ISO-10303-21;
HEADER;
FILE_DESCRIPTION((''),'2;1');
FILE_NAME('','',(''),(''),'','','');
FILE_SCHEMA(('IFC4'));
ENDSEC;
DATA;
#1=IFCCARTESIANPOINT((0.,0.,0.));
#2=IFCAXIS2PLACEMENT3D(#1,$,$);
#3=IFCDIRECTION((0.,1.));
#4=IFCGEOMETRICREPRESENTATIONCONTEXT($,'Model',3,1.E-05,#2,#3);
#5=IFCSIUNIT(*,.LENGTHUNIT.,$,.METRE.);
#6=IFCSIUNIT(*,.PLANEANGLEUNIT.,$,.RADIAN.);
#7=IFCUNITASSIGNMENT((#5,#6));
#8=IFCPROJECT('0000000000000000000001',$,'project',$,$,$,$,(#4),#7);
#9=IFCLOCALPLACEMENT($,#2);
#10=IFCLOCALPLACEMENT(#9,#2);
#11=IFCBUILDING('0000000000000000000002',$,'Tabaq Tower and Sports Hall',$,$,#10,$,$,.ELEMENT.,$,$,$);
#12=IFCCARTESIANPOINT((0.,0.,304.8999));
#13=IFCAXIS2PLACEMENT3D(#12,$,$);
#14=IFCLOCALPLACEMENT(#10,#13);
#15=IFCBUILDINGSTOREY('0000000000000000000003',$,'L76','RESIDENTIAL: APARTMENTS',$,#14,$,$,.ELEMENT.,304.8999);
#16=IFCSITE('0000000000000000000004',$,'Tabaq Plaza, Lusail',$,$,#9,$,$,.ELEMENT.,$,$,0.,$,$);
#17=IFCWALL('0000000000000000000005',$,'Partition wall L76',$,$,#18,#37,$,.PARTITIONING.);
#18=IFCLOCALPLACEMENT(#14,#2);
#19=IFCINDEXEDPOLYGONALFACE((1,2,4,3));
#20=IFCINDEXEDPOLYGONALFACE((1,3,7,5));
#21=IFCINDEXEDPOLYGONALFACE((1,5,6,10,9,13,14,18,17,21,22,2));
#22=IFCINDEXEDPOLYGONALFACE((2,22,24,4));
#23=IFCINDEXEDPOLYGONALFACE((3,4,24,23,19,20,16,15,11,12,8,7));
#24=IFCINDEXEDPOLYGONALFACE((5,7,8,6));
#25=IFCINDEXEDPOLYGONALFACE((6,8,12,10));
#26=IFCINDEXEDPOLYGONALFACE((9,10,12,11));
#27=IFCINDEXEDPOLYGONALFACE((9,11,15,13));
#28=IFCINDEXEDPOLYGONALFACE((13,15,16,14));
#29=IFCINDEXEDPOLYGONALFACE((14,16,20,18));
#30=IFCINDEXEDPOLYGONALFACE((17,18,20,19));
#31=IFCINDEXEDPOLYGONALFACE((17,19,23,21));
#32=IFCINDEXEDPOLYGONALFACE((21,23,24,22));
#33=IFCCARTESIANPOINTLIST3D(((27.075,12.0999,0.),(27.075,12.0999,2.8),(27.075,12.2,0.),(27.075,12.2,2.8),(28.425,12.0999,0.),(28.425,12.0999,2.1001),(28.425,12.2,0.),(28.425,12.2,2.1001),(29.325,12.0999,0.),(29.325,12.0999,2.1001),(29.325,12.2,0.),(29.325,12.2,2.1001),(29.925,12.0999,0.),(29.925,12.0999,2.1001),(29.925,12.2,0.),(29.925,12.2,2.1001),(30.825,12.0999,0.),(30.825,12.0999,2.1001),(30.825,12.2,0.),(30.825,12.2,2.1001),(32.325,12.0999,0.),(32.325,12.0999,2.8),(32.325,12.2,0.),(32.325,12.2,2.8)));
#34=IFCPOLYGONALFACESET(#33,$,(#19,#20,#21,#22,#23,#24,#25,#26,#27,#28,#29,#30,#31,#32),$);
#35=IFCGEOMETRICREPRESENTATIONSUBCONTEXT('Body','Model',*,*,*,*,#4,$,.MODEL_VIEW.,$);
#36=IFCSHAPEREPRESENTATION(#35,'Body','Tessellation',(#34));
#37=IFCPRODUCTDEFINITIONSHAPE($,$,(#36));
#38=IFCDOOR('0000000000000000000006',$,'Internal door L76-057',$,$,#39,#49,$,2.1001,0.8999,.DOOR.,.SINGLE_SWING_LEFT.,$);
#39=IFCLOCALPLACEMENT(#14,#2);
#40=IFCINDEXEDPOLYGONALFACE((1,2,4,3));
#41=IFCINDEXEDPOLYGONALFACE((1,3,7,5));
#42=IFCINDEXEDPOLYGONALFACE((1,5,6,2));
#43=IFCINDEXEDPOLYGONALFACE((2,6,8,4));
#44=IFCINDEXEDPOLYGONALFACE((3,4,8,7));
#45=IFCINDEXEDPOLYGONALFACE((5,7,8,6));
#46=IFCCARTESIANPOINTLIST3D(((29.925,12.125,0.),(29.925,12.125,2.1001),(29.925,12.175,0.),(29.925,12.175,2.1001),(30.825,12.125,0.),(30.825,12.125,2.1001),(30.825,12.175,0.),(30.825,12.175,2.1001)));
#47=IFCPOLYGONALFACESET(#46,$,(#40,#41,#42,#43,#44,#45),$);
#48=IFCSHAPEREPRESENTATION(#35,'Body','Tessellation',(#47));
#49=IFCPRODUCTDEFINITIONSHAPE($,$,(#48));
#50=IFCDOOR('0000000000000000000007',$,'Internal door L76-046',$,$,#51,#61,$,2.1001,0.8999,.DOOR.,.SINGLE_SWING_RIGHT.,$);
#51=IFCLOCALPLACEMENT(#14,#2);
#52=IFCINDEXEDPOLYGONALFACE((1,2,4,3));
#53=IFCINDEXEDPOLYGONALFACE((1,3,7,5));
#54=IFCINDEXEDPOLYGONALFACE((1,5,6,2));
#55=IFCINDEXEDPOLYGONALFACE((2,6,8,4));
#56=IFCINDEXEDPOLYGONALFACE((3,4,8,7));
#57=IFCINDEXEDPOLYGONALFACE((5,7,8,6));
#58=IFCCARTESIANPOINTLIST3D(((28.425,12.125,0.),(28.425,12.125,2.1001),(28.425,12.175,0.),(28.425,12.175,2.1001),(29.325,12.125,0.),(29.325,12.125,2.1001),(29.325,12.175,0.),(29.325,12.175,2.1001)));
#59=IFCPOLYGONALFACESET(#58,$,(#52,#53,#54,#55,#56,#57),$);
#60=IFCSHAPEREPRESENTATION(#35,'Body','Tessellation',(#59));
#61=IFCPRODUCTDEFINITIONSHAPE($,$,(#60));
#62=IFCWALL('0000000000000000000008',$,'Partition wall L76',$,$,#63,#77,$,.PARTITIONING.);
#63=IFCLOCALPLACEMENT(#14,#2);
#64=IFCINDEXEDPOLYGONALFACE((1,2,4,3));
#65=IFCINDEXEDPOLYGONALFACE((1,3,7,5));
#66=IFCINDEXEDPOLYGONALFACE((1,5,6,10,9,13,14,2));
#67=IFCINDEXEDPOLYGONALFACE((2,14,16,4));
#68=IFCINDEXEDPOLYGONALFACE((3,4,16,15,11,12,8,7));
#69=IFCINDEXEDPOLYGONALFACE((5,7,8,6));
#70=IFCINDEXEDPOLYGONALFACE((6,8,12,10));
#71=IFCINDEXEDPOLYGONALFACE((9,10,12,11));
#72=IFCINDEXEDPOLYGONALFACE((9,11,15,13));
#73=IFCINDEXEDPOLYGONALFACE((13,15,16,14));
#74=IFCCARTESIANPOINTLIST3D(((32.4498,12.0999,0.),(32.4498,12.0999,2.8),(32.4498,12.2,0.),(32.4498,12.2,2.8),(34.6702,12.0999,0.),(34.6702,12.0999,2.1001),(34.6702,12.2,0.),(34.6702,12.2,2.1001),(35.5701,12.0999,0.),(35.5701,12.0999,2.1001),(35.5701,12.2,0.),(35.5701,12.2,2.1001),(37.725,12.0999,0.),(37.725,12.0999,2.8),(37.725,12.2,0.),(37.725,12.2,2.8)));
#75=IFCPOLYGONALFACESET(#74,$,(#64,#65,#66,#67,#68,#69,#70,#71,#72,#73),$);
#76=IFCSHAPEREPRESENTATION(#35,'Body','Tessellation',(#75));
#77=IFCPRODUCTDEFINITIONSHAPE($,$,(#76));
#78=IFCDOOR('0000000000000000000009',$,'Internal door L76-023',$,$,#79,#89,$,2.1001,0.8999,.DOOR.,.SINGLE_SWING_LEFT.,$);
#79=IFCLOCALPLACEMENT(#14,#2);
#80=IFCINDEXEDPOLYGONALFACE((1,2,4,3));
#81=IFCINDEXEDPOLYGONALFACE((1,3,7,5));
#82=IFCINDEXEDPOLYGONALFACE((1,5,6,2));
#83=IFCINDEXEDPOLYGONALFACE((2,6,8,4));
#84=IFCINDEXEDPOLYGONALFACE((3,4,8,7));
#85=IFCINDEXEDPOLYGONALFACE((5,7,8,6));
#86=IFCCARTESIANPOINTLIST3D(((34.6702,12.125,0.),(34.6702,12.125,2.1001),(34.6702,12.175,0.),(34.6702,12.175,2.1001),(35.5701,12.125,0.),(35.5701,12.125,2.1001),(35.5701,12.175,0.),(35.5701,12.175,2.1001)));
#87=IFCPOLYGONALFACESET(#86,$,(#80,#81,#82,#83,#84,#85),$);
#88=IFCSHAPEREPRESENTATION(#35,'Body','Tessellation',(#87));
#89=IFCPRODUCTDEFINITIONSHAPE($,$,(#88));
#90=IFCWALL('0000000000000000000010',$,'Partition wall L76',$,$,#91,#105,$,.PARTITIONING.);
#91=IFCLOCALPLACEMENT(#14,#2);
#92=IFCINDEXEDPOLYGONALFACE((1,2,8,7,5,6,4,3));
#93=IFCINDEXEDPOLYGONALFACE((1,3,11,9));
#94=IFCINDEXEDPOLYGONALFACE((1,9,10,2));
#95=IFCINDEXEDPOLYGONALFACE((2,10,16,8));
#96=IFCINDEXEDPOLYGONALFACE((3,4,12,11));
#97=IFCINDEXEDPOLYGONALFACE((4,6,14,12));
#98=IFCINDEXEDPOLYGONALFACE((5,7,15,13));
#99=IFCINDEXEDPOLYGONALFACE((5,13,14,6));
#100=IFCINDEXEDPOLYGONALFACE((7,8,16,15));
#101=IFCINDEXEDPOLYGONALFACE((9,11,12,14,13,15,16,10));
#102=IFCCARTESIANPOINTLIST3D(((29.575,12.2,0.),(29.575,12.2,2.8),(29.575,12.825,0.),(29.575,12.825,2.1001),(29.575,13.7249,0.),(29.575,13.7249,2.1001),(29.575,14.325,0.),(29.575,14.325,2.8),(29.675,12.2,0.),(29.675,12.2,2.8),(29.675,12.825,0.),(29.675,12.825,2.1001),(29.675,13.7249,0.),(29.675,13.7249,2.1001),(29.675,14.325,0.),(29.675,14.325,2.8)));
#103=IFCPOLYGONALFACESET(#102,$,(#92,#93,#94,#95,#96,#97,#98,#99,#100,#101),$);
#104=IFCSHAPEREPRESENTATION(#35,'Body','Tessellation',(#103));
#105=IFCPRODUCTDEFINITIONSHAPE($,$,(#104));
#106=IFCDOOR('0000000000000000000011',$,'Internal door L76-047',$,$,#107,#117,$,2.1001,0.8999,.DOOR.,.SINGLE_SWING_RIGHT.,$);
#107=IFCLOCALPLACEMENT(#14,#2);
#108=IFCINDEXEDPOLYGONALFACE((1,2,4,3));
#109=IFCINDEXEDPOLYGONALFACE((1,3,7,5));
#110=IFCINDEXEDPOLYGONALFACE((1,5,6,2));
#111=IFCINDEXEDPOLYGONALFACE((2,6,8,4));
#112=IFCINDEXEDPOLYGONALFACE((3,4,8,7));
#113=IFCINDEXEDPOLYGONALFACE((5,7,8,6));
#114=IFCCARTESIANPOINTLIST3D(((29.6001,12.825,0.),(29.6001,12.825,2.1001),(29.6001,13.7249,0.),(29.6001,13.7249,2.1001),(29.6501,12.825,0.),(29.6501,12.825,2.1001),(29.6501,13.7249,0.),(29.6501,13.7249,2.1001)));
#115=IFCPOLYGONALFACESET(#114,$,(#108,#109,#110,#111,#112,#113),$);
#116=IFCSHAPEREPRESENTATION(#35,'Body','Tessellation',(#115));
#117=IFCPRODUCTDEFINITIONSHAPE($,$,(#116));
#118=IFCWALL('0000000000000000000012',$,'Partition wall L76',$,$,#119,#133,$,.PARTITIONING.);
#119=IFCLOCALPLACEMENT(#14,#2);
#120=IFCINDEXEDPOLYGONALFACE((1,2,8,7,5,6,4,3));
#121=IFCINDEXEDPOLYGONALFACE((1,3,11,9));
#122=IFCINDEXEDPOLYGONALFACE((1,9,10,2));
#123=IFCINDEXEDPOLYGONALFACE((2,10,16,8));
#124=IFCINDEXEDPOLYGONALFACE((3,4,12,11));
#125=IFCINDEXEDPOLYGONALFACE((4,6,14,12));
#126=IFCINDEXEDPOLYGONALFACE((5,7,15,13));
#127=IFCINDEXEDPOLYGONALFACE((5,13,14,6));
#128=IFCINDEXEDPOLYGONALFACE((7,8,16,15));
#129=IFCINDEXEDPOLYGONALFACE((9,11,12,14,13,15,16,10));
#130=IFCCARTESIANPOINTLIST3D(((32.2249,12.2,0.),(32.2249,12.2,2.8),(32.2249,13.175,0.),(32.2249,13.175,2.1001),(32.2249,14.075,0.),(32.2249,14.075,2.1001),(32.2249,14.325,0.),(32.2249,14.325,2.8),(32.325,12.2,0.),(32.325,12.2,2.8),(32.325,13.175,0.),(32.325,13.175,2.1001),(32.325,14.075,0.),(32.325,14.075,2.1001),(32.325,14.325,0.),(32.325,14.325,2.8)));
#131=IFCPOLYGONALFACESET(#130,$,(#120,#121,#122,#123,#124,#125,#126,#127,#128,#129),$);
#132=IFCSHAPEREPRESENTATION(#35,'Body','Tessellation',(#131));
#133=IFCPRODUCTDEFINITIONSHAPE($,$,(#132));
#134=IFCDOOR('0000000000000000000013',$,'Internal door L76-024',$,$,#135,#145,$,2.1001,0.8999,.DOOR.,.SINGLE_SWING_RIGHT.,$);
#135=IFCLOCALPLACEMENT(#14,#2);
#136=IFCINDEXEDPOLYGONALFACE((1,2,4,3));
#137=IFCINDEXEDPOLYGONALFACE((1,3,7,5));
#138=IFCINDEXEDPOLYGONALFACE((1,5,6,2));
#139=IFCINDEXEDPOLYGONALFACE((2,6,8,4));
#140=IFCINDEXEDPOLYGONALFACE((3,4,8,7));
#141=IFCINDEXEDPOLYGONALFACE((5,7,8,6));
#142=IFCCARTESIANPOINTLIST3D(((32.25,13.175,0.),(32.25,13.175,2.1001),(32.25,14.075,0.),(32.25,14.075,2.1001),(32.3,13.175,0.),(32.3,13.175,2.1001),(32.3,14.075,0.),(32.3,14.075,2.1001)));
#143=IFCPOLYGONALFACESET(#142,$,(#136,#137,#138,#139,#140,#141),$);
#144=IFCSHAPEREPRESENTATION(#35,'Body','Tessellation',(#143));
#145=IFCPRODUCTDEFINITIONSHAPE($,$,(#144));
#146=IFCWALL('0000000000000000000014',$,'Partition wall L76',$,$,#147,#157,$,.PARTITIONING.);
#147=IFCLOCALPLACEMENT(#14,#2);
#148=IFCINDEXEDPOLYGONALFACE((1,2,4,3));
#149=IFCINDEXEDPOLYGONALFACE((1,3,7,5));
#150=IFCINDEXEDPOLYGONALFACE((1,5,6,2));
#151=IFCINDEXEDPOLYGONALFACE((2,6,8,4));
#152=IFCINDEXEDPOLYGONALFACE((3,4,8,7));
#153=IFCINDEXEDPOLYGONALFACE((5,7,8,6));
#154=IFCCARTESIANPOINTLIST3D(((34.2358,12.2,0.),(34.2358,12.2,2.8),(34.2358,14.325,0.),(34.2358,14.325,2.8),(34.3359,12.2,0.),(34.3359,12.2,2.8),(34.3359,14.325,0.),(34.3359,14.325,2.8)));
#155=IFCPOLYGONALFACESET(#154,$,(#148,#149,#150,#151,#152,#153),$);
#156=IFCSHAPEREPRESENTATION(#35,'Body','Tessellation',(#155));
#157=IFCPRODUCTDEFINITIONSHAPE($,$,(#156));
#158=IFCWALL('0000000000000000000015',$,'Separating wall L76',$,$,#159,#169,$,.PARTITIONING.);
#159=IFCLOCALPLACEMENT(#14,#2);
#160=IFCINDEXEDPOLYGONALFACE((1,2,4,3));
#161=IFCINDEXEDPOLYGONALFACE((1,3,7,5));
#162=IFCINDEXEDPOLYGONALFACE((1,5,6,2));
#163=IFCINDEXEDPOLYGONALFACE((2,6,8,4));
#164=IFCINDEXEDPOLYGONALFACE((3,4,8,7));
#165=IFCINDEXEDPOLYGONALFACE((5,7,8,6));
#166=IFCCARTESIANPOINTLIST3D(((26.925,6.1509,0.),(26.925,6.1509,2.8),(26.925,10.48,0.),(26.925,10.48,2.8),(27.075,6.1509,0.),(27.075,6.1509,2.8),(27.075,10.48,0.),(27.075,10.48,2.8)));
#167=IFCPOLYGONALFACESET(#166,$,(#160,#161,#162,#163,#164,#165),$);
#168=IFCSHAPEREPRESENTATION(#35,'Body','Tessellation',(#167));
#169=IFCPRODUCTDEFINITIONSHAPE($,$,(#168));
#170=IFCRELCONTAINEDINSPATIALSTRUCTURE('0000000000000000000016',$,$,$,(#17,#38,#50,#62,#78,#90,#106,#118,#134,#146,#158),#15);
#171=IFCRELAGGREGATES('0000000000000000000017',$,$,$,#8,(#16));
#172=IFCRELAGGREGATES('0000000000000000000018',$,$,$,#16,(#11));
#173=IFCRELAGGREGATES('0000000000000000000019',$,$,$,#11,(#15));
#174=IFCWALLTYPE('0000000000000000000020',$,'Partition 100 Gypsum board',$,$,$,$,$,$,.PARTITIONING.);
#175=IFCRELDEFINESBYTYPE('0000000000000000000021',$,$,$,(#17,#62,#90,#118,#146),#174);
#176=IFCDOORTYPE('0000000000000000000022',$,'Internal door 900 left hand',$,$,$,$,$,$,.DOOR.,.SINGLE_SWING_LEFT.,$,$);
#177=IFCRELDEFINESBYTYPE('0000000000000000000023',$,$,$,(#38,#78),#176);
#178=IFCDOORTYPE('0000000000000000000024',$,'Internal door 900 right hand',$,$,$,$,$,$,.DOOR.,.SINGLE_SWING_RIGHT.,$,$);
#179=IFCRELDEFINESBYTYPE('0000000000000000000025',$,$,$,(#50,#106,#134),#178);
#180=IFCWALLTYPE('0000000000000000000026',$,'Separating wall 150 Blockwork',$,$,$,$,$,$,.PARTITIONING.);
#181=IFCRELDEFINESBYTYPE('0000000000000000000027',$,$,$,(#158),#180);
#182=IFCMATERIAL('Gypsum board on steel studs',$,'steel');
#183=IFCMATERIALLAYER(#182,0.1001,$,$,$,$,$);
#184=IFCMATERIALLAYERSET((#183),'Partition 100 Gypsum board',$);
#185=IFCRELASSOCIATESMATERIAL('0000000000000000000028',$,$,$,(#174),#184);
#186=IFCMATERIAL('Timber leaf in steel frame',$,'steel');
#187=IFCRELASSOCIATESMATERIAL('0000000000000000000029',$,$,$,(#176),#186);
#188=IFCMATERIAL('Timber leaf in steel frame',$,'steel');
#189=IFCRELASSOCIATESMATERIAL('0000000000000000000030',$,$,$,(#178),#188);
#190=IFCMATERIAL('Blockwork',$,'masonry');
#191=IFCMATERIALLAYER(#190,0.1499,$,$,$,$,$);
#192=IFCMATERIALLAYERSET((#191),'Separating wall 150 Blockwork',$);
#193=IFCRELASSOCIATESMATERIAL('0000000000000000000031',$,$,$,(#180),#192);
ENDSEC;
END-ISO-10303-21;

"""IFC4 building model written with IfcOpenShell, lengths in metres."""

from ifc_helpers import new_model, si_unit, direction, frame, frame_2d, origin, place, context, subcontext, project, spatial, rectangle, extrude, material, layer, layer_set, type_object, element, fill, save


model = new_model("IFC4")

# Units and contexts
model_context = context("Model", 3, precision=1e-05, world=origin(), true_north=direction((0.0, 1.0)))
body_context = subcontext(model_context, "Body", "Model", "MODEL_VIEW")
ifc_project = project(units=[si_unit("LENGTHUNIT", "METRE"), si_unit("PLANEANGLEUNIT", "RADIAN")], contexts=[model_context])

# Site, building, storey
site_placement = place(None, origin())
site = spatial("IfcSite", under=ifc_project, at=site_placement, Name="Tabaq Plaza, Lusail", CompositionType="ELEMENT", RefElevation=0.0)
building_placement = place(site_placement, origin())
building = spatial("IfcBuilding", under=site, at=building_placement, Name="Tabaq Tower and Sports Hall", CompositionType="ELEMENT")
storey_placement = place(building_placement, frame((0.0, 0.0, 304.8999)))
storey = spatial("IfcBuildingStorey", under=building, at=storey_placement, Name="L76", Description="RESIDENTIAL: APARTMENTS", CompositionType="ELEMENT", Elevation=304.8999)

# Shared definitions
ifc_material_1 = material(Name="Gypsum board on steel studs", Category="steel")
ifc_layer_1 = layer(ifc_material_1, 0.1001)
ifc_layer_set_1 = layer_set([ifc_layer_1], Name="Partition 100 Gypsum board")
wall_type_1 = type_object("IfcWallType", Name="Partition 100 Gypsum board", PredefinedType="PARTITIONING", material=ifc_layer_set_1)
ifc_material_2 = material(Name="Timber leaf in steel frame", Category="steel")
door_type_1 = type_object("IfcDoorType", Name="Internal door 900 left hand", OperationType="SINGLE_SWING_LEFT", PredefinedType="DOOR", material=ifc_material_2)

# Wall, openings, doors
wall_1_placement = place(storey_placement, frame((32.325, 12.1499, 0.0), z_axis=(0.0, 0.0, 1.0), x_axis=(-1.0, 0.0, 0.0)))
wall_1 = element("IfcWall", 1, at=wall_1_placement, inside=storey, type_object=wall_type_1, Name="Partition wall L76", PredefinedType="PARTITIONING", context=body_context, shape_type="SweptSolid", body=[
    extrude(rectangle(XDim=5.25, YDim=0.1001, at=frame_2d((2.625, 0.0))), origin(), (0.0, 0.0, 1.0), 2.8),
])
opening_1_placement = place(wall_1_placement, frame((3.0, 0.0, 0.0)))
opening_1 = element("IfcOpeningElement", 2, at=opening_1_placement, cuts=wall_1, PredefinedType="OPENING", context=body_context, shape_type="SweptSolid", body=[
    extrude(rectangle(XDim=0.8999, YDim=2.1001, at=frame_2d((0.45, 1.05))), frame((0.0, 0.05, 0.0), z_axis=(0.0, -1.0, 0.0), x_axis=(1.0, 0.0, 0.0)), (0.0, 0.0, 1.0), 0.1001),
])
opening_2_placement = place(wall_1_placement, frame((1.5, 0.0, 0.0)))
opening_2 = element("IfcOpeningElement", 3, at=opening_2_placement, cuts=wall_1, PredefinedType="OPENING", context=body_context, shape_type="SweptSolid", body=[
    extrude(rectangle(XDim=0.8999, YDim=2.1001, at=frame_2d((0.45, 1.05))), frame((0.0, 0.05, 0.0), z_axis=(0.0, -1.0, 0.0), x_axis=(1.0, 0.0, 0.0)), (0.0, 0.0, 1.0), 0.1001),
])
door_1_placement = place(opening_2_placement, origin())
door_1 = element("IfcDoor", 4, at=door_1_placement, inside=storey, type_object=door_type_1, Name="Internal door L76-057", OperationType="SINGLE_SWING_LEFT", OverallHeight=2.1001, OverallWidth=0.8999, PredefinedType="DOOR", context=body_context, shape_type="SweptSolid", body=[
    extrude(rectangle(XDim=0.8999, YDim=2.1001, at=frame_2d((0.45, 1.05))), frame((0.0, 0.0249, 0.0), z_axis=(0.0, -1.0, 0.0), x_axis=(1.0, 0.0, 0.0)), (0.0, 0.0, 1.0), 0.05),
])
fill(opening_2, door_1)
ifc_material_3 = material(Name="Timber leaf in steel frame", Category="steel")
door_type_2 = type_object("IfcDoorType", Name="Internal door 900 right hand", OperationType="SINGLE_SWING_RIGHT", PredefinedType="DOOR", material=ifc_material_3)
door_2_placement = place(opening_1_placement, origin())
door_2 = element("IfcDoor", 5, at=door_2_placement, inside=storey, type_object=door_type_2, Name="Internal door L76-046", OperationType="SINGLE_SWING_RIGHT", OverallHeight=2.1001, OverallWidth=0.8999, PredefinedType="DOOR", context=body_context, shape_type="SweptSolid", body=[
    extrude(rectangle(XDim=0.8999, YDim=2.1001, at=frame_2d((0.45, 1.05))), frame((0.0, 0.0249, 0.0), z_axis=(0.0, -1.0, 0.0), x_axis=(1.0, 0.0, 0.0)), (0.0, 0.0, 1.0), 0.05),
])
fill(opening_1, door_2)

# Walls, openings, doors
wall_2_placement = place(storey_placement, frame((37.7251, 12.1499, 0.0), z_axis=(0.0, 0.0, 1.0), x_axis=(-1.0, 0.0, 0.0)))
wall_2 = element("IfcWall", 6, at=wall_2_placement, inside=storey, type_object=wall_type_1, Name="Partition wall L76", PredefinedType="PARTITIONING", context=body_context, shape_type="SweptSolid", body=[
    extrude(rectangle(XDim=5.2751, YDim=0.1001, at=frame_2d((2.6377, 0.0))), origin(), (0.0, 0.0, 1.0), 2.8),
])
opening_3_placement = place(wall_2_placement, frame((2.155, 0.0, 0.0)))
opening_3 = element("IfcOpeningElement", 7, at=opening_3_placement, cuts=wall_2, PredefinedType="OPENING", context=body_context, shape_type="SweptSolid", body=[
    extrude(rectangle(XDim=0.8999, YDim=2.1001, at=frame_2d((0.45, 1.05))), frame((0.0, 0.05, 0.0), z_axis=(0.0, -1.0, 0.0), x_axis=(1.0, 0.0, 0.0)), (0.0, 0.0, 1.0), 0.1001),
])
door_3_placement = place(opening_3_placement, origin())
door_3 = element("IfcDoor", 8, at=door_3_placement, inside=storey, type_object=door_type_1, Name="Internal door L76-023", OperationType="SINGLE_SWING_LEFT", OverallHeight=2.1001, OverallWidth=0.8999, PredefinedType="DOOR", context=body_context, shape_type="SweptSolid", body=[
    extrude(rectangle(XDim=0.8999, YDim=2.1001, at=frame_2d((0.45, 1.05))), frame((0.0, 0.0249, 0.0), z_axis=(0.0, -1.0, 0.0), x_axis=(1.0, 0.0, 0.0)), (0.0, 0.0, 1.0), 0.05),
])
fill(opening_3, door_3)
wall_3_placement = place(storey_placement, frame((29.625, 12.2, 0.0), z_axis=(0.0, 0.0, 1.0), x_axis=(0.0, 1.0, 0.0)))
wall_3 = element("IfcWall", 9, at=wall_3_placement, inside=storey, type_object=wall_type_1, Name="Partition wall L76", PredefinedType="PARTITIONING", context=body_context, shape_type="SweptSolid", body=[
    extrude(rectangle(XDim=2.125, YDim=0.1001, at=frame_2d((1.0625, 0.0))), origin(), (0.0, 0.0, 1.0), 2.8),
])
opening_4_placement = place(wall_3_placement, frame((0.625, 0.0, 0.0)))
opening_4 = element("IfcOpeningElement", 10, at=opening_4_placement, cuts=wall_3, PredefinedType="OPENING", context=body_context, shape_type="SweptSolid", body=[
    extrude(rectangle(XDim=0.8999, YDim=2.1001, at=frame_2d((0.45, 1.05))), frame((0.0, 0.05, 0.0), z_axis=(0.0, -1.0, 0.0), x_axis=(1.0, 0.0, 0.0)), (0.0, 0.0, 1.0), 0.1001),
])
door_4_placement = place(opening_4_placement, origin())
door_4 = element("IfcDoor", 11, at=door_4_placement, inside=storey, type_object=door_type_2, Name="Internal door L76-047", OperationType="SINGLE_SWING_RIGHT", OverallHeight=2.1001, OverallWidth=0.8999, PredefinedType="DOOR", context=body_context, shape_type="SweptSolid", body=[
    extrude(rectangle(XDim=0.8999, YDim=2.1001, at=frame_2d((0.45, 1.05))), frame((0.0, 0.0249, 0.0), z_axis=(0.0, -1.0, 0.0), x_axis=(1.0, 0.0, 0.0)), (0.0, 0.0, 1.0), 0.05),
])
fill(opening_4, door_4)
wall_4_placement = place(storey_placement, frame((32.2749, 12.2, 0.0), z_axis=(0.0, 0.0, 1.0), x_axis=(0.0, 1.0, 0.0)))
wall_4 = element("IfcWall", 12, at=wall_4_placement, inside=storey, type_object=wall_type_1, Name="Partition wall L76", PredefinedType="PARTITIONING", context=body_context, shape_type="SweptSolid", body=[
    extrude(rectangle(XDim=2.125, YDim=0.1001, at=frame_2d((1.0625, 0.0))), origin(), (0.0, 0.0, 1.0), 2.8),
])
opening_5_placement = place(wall_4_placement, frame((0.9751, 0.0, 0.0)))
opening_5 = element("IfcOpeningElement", 13, at=opening_5_placement, cuts=wall_4, PredefinedType="OPENING", context=body_context, shape_type="SweptSolid", body=[
    extrude(rectangle(XDim=0.8999, YDim=2.1001, at=frame_2d((0.45, 1.05))), frame((0.0, 0.05, 0.0), z_axis=(0.0, -1.0, 0.0), x_axis=(1.0, 0.0, 0.0)), (0.0, 0.0, 1.0), 0.1001),
])
door_5_placement = place(opening_5_placement, origin())
door_5 = element("IfcDoor", 14, at=door_5_placement, inside=storey, type_object=door_type_2, Name="Internal door L76-024", OperationType="SINGLE_SWING_RIGHT", OverallHeight=2.1001, OverallWidth=0.8999, PredefinedType="DOOR", context=body_context, shape_type="SweptSolid", body=[
    extrude(rectangle(XDim=0.8999, YDim=2.1001, at=frame_2d((0.45, 1.05))), frame((0.0, 0.0249, 0.0), z_axis=(0.0, -1.0, 0.0), x_axis=(1.0, 0.0, 0.0)), (0.0, 0.0, 1.0), 0.05),
])
fill(opening_5, door_5)

# Walls
wall_5_placement = place(storey_placement, frame((34.2859, 12.2, 0.0), z_axis=(0.0, 0.0, 1.0), x_axis=(0.0, 1.0, 0.0)))
element("IfcWall", 15, at=wall_5_placement, inside=storey, type_object=wall_type_1, Name="Partition wall L76", PredefinedType="PARTITIONING", context=body_context, shape_type="SweptSolid", body=[
    extrude(rectangle(XDim=2.125, YDim=0.1001, at=frame_2d((1.0625, 0.0))), origin(), (0.0, 0.0, 1.0), 2.8),
])
ifc_material_4 = material(Name="Blockwork", Category="masonry")
ifc_layer_2 = layer(ifc_material_4, 0.1499)
ifc_layer_set_2 = layer_set([ifc_layer_2], Name="Separating wall 150 Blockwork")
wall_type_2 = type_object("IfcWallType", Name="Separating wall 150 Blockwork", PredefinedType="PARTITIONING", material=ifc_layer_set_2)
wall_6_placement = place(storey_placement, frame((27.0, 6.1509, 0.0), z_axis=(0.0, 0.0, 1.0), x_axis=(0.0, 1.0, 0.0)))
element("IfcWall", 16, at=wall_6_placement, inside=storey, type_object=wall_type_2, Name="Separating wall L76", PredefinedType="PARTITIONING", context=body_context, shape_type="SweptSolid", body=[
    extrude(rectangle(XDim=4.3291, YDim=0.1499, at=frame_2d((2.1646, 0.0))), origin(), (0.0, 0.0, 1.0), 2.8),
])

save(model, "model.ifc")
